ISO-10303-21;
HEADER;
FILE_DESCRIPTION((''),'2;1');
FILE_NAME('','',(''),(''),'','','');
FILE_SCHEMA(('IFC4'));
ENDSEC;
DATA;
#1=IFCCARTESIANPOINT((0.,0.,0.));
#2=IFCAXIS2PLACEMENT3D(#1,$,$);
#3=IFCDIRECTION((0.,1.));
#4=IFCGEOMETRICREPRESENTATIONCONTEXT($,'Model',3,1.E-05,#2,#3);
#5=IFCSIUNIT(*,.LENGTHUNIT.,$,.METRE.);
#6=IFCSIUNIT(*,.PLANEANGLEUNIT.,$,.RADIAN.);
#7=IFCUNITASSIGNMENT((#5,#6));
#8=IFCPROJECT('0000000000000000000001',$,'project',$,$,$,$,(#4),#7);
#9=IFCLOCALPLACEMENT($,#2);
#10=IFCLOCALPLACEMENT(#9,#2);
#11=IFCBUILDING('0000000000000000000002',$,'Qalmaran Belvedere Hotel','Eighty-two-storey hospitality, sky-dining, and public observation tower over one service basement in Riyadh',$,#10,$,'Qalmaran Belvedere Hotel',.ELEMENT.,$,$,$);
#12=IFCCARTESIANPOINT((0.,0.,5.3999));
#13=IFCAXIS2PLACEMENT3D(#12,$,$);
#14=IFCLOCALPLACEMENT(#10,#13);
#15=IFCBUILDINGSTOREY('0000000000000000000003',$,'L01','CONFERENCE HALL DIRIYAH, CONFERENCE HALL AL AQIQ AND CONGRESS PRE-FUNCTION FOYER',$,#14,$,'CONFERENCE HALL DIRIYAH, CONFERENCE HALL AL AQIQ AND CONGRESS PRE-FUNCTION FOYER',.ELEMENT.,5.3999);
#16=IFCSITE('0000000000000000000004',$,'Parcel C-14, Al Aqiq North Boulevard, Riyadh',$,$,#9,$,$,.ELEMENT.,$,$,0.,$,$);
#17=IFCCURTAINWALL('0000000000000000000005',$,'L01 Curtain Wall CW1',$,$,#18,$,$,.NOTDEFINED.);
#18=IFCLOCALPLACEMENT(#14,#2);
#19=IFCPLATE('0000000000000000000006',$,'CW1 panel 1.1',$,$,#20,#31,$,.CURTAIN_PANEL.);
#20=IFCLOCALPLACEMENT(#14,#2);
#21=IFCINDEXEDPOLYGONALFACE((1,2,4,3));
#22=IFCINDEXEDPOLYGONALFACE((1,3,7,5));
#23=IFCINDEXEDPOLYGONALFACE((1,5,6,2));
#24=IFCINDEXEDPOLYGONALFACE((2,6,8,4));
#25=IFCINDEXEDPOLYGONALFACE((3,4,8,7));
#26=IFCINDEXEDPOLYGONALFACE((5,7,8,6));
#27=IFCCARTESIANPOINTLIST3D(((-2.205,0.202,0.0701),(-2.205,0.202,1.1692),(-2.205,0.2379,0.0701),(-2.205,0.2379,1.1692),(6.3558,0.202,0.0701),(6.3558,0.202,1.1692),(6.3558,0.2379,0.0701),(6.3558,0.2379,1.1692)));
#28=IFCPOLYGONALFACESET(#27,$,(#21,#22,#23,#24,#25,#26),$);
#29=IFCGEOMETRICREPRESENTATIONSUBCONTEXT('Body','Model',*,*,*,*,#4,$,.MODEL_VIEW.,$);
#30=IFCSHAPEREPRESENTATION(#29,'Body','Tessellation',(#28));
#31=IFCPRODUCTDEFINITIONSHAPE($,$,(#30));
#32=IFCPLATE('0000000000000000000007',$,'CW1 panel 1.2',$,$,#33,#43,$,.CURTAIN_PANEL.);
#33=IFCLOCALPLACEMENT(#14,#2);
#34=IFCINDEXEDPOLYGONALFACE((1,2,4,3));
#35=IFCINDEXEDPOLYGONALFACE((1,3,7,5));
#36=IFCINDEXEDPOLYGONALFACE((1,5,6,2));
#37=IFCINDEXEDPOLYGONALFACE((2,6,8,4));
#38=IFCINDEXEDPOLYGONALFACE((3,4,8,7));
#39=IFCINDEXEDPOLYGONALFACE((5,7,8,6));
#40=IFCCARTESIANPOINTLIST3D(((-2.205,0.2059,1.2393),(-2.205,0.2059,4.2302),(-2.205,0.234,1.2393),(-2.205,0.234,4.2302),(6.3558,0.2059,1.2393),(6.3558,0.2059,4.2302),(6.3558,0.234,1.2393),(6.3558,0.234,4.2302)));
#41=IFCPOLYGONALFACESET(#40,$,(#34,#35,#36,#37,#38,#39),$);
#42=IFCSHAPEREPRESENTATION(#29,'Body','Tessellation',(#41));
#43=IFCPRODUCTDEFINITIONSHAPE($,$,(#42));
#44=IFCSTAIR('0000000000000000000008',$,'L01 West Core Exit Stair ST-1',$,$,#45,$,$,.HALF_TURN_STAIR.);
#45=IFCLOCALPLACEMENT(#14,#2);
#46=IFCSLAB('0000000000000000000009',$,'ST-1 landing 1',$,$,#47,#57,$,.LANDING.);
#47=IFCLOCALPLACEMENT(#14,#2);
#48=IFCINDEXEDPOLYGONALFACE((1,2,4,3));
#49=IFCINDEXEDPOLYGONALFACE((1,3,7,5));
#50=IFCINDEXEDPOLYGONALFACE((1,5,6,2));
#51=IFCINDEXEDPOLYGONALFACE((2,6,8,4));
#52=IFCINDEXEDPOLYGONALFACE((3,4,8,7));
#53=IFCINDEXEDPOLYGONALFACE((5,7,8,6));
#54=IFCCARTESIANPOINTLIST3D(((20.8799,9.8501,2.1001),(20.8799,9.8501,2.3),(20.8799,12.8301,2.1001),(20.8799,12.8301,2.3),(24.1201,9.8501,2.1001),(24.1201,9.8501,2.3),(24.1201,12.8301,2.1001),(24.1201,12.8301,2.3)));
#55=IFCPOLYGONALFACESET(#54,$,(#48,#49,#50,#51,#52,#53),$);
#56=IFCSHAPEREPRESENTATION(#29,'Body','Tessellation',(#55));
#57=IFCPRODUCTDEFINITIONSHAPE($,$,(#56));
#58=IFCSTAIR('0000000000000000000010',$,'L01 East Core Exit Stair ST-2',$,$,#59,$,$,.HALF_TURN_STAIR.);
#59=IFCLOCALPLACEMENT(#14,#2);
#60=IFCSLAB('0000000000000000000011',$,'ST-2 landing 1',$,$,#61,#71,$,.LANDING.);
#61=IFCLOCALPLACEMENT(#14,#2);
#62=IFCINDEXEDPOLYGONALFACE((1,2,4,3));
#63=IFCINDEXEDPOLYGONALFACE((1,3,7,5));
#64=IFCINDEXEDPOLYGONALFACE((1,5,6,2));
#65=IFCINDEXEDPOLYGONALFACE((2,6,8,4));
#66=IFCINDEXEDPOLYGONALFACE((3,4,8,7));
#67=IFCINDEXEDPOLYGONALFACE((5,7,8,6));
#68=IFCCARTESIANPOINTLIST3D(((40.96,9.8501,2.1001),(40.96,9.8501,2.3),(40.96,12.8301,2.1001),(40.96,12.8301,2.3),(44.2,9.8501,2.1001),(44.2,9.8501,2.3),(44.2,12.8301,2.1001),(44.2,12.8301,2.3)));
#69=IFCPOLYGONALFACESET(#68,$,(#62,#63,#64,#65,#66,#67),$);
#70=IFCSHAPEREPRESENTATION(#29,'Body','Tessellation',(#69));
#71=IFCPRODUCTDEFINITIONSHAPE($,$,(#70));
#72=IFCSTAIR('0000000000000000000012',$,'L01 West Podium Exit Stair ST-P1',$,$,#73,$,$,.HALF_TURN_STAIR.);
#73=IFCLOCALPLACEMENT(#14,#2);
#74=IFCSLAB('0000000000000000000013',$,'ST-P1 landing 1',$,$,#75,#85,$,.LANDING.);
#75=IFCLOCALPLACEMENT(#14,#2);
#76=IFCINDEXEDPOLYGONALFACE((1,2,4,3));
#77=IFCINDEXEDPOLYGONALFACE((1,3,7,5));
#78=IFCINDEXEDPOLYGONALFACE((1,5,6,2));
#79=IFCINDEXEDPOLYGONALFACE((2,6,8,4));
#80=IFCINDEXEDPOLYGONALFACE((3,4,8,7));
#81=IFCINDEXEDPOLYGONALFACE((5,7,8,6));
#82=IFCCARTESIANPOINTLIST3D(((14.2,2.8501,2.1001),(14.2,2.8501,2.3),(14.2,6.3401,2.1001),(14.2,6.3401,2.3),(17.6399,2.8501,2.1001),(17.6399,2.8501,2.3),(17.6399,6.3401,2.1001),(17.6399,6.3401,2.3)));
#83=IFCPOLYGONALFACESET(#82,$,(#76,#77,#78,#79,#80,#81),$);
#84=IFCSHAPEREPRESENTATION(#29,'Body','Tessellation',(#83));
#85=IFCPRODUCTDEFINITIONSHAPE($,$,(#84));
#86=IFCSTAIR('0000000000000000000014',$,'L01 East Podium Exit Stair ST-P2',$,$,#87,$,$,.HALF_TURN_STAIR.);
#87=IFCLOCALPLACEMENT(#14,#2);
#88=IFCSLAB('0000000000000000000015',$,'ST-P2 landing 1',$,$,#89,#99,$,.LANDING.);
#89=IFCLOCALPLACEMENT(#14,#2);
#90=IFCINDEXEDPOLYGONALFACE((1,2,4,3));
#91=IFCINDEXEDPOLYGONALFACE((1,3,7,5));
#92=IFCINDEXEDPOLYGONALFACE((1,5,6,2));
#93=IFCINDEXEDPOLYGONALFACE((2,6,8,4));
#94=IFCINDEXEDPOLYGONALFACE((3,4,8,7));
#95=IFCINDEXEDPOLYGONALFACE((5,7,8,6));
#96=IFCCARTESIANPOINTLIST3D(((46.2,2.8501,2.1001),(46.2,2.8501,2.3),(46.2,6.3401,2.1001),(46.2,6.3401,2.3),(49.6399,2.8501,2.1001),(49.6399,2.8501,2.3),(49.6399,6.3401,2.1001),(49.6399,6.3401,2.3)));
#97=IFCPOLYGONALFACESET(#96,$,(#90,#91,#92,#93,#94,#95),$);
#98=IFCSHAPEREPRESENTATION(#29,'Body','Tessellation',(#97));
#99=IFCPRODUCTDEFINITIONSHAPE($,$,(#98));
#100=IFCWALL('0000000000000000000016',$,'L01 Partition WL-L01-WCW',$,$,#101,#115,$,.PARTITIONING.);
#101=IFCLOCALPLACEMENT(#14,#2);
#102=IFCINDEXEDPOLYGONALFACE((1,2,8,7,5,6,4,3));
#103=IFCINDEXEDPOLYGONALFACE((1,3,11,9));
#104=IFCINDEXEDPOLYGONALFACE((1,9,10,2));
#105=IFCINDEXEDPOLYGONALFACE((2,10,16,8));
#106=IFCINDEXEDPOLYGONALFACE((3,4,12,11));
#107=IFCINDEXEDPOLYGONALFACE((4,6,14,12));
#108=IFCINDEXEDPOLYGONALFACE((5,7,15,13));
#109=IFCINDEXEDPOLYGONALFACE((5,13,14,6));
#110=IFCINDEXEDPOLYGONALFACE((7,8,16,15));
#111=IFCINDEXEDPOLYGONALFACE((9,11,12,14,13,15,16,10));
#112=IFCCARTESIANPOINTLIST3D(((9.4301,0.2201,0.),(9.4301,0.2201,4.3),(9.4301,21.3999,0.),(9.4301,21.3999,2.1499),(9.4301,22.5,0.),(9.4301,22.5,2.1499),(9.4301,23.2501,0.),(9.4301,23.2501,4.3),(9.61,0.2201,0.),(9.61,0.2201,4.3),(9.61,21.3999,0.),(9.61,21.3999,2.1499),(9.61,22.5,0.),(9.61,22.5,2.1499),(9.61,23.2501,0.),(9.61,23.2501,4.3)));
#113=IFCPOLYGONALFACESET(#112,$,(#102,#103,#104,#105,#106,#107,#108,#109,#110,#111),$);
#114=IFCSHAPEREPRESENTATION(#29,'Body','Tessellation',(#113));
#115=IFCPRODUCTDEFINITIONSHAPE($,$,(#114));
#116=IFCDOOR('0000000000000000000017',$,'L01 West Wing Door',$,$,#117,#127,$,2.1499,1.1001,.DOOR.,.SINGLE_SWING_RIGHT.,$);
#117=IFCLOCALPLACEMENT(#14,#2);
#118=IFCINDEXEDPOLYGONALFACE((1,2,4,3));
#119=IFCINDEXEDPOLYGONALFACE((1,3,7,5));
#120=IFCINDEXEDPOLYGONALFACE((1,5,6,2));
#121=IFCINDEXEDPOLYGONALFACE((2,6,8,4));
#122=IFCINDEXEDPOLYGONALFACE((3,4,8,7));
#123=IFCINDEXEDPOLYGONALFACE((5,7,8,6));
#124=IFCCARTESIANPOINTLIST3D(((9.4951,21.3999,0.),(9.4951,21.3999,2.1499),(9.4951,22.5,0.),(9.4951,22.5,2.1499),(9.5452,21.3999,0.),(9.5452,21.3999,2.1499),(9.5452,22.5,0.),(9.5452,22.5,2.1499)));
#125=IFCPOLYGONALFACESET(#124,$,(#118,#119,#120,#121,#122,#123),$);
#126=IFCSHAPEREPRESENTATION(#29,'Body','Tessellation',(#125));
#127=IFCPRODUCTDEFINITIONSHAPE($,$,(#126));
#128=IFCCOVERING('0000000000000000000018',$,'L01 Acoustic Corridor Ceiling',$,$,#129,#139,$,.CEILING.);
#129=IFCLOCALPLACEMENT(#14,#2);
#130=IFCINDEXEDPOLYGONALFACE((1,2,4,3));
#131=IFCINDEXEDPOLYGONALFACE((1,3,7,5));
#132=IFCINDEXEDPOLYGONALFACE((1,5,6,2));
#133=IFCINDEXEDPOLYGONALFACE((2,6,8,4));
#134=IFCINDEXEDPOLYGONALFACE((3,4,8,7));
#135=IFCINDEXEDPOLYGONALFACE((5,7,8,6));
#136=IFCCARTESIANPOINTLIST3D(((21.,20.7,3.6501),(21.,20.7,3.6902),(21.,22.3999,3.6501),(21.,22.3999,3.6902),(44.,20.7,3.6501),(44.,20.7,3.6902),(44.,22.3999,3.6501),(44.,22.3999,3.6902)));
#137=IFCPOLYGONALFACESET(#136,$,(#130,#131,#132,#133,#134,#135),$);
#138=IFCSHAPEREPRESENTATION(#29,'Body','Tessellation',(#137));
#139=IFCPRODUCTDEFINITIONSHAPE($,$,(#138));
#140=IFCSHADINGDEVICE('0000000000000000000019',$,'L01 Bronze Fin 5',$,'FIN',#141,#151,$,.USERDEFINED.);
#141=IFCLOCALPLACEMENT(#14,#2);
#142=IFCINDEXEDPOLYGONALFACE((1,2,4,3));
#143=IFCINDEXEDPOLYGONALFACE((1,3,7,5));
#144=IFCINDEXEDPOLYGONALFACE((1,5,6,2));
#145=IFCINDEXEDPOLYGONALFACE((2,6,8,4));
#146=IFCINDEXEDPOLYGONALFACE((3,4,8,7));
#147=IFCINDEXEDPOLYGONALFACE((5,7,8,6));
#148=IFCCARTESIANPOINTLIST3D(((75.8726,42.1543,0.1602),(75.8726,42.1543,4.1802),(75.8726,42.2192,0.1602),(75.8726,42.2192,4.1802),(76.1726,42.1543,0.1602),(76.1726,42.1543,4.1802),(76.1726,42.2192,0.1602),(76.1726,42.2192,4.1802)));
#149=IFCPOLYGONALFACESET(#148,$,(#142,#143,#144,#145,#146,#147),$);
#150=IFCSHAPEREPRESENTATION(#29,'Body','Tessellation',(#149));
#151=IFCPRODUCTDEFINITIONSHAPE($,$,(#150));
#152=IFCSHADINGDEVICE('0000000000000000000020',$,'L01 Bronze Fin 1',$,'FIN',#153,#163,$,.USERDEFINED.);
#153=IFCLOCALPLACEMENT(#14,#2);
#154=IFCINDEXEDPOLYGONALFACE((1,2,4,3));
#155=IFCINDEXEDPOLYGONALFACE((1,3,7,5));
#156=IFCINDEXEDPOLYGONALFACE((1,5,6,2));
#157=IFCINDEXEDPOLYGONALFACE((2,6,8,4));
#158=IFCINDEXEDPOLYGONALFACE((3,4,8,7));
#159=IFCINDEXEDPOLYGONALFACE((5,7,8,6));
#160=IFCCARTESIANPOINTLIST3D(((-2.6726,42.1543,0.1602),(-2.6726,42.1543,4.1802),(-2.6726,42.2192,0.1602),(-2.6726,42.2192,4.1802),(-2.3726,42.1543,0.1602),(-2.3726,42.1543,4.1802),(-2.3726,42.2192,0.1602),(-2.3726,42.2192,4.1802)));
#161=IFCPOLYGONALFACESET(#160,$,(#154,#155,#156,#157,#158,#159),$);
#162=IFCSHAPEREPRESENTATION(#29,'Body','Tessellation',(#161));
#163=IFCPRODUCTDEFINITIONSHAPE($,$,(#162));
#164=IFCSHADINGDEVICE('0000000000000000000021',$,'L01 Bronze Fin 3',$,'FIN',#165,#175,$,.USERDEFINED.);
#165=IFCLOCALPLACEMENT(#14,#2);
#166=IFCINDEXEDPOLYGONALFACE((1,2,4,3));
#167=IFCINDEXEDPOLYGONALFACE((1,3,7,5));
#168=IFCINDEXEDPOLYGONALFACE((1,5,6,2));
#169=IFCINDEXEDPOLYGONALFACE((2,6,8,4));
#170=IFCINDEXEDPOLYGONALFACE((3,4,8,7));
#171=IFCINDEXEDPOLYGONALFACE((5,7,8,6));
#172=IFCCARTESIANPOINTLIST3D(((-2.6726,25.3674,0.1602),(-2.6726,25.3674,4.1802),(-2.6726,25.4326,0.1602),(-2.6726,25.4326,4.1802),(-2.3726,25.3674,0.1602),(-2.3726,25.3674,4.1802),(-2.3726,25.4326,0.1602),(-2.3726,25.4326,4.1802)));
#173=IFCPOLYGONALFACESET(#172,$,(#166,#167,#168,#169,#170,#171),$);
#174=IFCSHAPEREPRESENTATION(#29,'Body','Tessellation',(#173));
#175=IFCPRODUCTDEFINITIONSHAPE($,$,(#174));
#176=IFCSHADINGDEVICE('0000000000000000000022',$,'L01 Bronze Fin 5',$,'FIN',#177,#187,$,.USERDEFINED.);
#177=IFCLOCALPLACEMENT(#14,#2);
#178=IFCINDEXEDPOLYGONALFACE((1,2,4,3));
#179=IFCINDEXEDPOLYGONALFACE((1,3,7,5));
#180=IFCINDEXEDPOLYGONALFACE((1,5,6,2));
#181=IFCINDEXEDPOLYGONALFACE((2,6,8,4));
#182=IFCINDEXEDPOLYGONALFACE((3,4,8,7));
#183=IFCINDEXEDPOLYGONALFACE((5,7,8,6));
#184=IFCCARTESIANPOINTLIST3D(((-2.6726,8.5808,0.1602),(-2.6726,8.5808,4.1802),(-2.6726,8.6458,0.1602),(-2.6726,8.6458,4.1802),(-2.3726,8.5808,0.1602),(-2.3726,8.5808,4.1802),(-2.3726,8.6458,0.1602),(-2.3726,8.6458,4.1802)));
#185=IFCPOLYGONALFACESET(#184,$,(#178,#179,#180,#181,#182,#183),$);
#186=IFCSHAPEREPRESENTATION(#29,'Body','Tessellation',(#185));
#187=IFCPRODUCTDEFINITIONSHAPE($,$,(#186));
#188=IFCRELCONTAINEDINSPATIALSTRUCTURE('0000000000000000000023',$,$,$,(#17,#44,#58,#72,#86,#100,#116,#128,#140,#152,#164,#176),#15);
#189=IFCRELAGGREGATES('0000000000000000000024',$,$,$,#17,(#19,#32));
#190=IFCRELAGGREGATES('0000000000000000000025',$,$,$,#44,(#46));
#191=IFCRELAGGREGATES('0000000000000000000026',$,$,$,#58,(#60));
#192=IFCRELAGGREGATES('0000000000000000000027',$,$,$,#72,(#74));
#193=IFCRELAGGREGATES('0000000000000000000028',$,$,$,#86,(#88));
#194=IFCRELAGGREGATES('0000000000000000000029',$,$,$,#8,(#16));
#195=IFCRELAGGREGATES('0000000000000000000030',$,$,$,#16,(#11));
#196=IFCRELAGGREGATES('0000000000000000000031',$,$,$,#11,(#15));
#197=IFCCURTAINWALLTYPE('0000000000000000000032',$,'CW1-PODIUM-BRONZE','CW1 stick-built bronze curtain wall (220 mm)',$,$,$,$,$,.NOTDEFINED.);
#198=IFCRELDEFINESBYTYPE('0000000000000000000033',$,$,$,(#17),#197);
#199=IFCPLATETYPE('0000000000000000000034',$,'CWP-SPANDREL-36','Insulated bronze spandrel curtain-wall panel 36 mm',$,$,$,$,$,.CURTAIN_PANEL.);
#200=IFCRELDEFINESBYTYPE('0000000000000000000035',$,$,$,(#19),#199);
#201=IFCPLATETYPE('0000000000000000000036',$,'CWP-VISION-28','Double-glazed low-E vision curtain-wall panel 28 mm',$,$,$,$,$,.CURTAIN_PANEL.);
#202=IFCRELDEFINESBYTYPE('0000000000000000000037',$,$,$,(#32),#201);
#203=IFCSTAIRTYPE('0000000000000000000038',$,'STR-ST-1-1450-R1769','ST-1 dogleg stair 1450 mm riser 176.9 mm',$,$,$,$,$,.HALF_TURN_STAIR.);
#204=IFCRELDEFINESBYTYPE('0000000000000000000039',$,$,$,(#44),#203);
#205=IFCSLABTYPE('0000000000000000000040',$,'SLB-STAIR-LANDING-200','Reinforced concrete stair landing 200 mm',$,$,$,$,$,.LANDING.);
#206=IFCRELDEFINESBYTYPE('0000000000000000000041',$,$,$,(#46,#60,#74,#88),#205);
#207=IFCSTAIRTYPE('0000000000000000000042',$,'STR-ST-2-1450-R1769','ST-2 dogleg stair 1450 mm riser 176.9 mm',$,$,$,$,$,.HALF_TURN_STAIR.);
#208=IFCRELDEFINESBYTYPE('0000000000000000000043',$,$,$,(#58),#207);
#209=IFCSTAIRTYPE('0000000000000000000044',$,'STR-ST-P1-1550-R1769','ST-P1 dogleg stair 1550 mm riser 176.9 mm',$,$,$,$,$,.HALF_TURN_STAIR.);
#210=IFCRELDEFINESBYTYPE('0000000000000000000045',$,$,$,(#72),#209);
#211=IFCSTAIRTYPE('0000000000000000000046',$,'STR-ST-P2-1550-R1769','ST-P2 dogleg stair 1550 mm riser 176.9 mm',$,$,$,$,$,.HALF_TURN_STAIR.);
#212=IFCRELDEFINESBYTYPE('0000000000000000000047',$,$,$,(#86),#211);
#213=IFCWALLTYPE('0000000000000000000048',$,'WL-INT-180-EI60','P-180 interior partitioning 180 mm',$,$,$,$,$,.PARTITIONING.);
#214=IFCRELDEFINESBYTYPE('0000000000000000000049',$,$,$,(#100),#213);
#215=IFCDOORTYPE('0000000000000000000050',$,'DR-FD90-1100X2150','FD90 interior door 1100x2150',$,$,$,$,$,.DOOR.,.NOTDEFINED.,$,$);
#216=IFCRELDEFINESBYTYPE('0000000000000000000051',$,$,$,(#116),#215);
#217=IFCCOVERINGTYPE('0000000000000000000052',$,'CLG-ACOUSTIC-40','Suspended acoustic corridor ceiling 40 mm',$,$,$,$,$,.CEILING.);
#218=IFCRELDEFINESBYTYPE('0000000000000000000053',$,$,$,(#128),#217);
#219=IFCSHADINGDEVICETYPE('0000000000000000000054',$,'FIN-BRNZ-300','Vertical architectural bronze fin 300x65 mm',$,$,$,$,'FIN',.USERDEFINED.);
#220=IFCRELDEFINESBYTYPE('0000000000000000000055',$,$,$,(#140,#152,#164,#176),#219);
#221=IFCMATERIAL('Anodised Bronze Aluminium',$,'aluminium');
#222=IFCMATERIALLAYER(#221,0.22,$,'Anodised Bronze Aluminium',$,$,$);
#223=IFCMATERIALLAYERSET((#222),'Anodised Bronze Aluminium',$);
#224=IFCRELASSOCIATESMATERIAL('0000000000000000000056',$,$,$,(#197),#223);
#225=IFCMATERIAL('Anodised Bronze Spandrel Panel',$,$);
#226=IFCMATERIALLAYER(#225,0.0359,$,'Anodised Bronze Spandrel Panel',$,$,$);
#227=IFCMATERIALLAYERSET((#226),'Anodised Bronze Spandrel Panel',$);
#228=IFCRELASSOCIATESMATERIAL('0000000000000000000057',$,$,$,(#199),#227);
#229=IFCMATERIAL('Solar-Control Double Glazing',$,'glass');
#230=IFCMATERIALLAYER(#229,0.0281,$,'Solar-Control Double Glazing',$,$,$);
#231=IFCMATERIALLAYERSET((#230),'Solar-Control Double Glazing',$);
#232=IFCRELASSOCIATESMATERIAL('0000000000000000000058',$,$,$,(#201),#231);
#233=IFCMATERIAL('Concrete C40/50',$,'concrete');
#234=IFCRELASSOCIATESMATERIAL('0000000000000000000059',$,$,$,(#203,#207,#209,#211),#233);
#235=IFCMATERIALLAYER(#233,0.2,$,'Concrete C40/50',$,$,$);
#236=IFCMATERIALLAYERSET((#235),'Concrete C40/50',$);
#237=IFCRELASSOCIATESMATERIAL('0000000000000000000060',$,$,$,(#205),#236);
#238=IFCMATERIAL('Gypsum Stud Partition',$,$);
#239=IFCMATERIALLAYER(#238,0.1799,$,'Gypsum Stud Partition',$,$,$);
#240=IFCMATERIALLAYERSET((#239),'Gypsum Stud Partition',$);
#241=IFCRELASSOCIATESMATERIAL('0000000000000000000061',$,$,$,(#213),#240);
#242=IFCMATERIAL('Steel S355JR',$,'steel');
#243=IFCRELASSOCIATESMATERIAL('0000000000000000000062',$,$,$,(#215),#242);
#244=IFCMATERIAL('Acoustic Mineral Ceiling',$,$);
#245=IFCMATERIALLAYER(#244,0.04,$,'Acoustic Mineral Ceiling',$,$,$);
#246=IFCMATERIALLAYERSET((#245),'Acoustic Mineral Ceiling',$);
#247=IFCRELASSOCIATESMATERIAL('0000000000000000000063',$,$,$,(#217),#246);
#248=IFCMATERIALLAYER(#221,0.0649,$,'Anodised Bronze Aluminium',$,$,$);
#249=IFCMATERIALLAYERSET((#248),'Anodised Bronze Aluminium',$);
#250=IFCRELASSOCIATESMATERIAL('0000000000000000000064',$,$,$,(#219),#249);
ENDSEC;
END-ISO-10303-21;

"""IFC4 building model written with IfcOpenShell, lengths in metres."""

from ifc_helpers import new_model, si_unit, direction, frame, frame_2d, origin, origin_2d, place, context, subcontext, project, spatial, polyline, rectangle, outline, extrude, material, layer, layer_set, type_object, element, fill, aggregate, save


model = new_model("IFC4")

# Units and contexts
model_context = context("Model", 3, precision=1e-05, world=origin(), true_north=direction((0.0, 1.0)))
body_context = subcontext(model_context, "Body", "Model", "MODEL_VIEW")
ifc_project = project(units=[si_unit("LENGTHUNIT", "METRE"), si_unit("PLANEANGLEUNIT", "RADIAN")], contexts=[model_context])

# Site, building, storey
site_placement = place(None, origin())
site = spatial("IfcSite", under=ifc_project, at=site_placement, Name="Parcel C-14, Al Aqiq North Boulevard, Riyadh", CompositionType="ELEMENT", RefElevation=0.0)
building_placement = place(site_placement, origin())
building = spatial("IfcBuilding", under=site, at=building_placement, Name="Qalmaran Belvedere Hotel", Description="Eighty-two-storey hospitality, sky-dining, and public observation tower over one service basement in Riyadh", LongName="Qalmaran Belvedere Hotel", CompositionType="ELEMENT")
storey_placement = place(building_placement, frame((0.0, 0.0, 5.3999)))
storey = spatial("IfcBuildingStorey", under=building, at=storey_placement, Name="L01", Description="CONFERENCE HALL DIRIYAH, CONFERENCE HALL AL AQIQ AND CONGRESS PRE-FUNCTION FOYER", LongName="CONFERENCE HALL DIRIYAH, CONFERENCE HALL AL AQIQ AND CONGRESS PRE-FUNCTION FOYER", CompositionType="ELEMENT", Elevation=5.3999)

# Shared definitions
ifc_material_1 = material(Name="Concrete C40/50", Category="concrete")

# Shared definitions
ifc_material_2 = material(Name="Steel S355JR", Category="steel")

# Curtain wall, plates
ifc_material_3 = material(Name="Anodised Bronze Aluminium", Category="aluminium")
ifc_layer_1 = layer(ifc_material_3, 0.22, Name="Anodised Bronze Aluminium")
ifc_layer_set_1 = layer_set([ifc_layer_1], Name="Anodised Bronze Aluminium")
curtain_wall_type = type_object("IfcCurtainWallType", Name="CW1-PODIUM-BRONZE", Description="CW1 stick-built bronze curtain wall (220 mm)", PredefinedType="NOTDEFINED", material=ifc_layer_set_1)
curtain_wall_placement = place(storey_placement, origin())
curtain_wall = element("IfcCurtainWall", 1, at=curtain_wall_placement, inside=storey, type_object=curtain_wall_type, Name="L01 Curtain Wall CW1", PredefinedType="NOTDEFINED")
ifc_material_4 = material(Name="Anodised Bronze Spandrel Panel")
ifc_layer_2 = layer(ifc_material_4, 0.0359, Name="Anodised Bronze Spandrel Panel")
ifc_layer_set_2 = layer_set([ifc_layer_2], Name="Anodised Bronze Spandrel Panel")
plate_type_1 = type_object("IfcPlateType", Name="CWP-SPANDREL-36", Description="Insulated bronze spandrel curtain-wall panel 36 mm", PredefinedType="CURTAIN_PANEL", material=ifc_layer_set_2)
plate_1_placement = place(storey_placement, frame((2.0754, 0.22, 0.0701), z_axis=(0.0, 0.0, 1.0), x_axis=(1.0, 0.0, 0.0)))
plate_1 = element("IfcPlate", 2, at=plate_1_placement, type_object=plate_type_1, Name="CW1 panel 1.1", PredefinedType="CURTAIN_PANEL", context=body_context, shape_type="SweptSolid", body=[
    extrude(rectangle(XDim=8.5608, YDim=0.0359, at=origin_2d()), origin(), (0.0, 0.0, 1.0), 1.0991),
])
ifc_material_5 = material(Name="Solar-Control Double Glazing", Category="glass")
ifc_layer_3 = layer(ifc_material_5, 0.0281, Name="Solar-Control Double Glazing")
ifc_layer_set_3 = layer_set([ifc_layer_3], Name="Solar-Control Double Glazing")
plate_type_2 = type_object("IfcPlateType", Name="CWP-VISION-28", Description="Double-glazed low-E vision curtain-wall panel 28 mm", PredefinedType="CURTAIN_PANEL", material=ifc_layer_set_3)
plate_2_placement = place(storey_placement, frame((2.0754, 0.22, 1.2393), z_axis=(0.0, 0.0, 1.0), x_axis=(1.0, 0.0, 0.0)))
plate_2 = element("IfcPlate", 3, at=plate_2_placement, type_object=plate_type_2, Name="CW1 panel 1.2", PredefinedType="CURTAIN_PANEL", context=body_context, shape_type="SweptSolid", body=[
    extrude(rectangle(XDim=8.5608, YDim=0.0281, at=origin_2d()), origin(), (0.0, 0.0, 1.0), 2.991),
])
aggregate(curtain_wall, [plate_1, plate_2])

# Stairs, slabs
stair_type_1 = type_object("IfcStairType", Name="STR-ST-1-1450-R1769", Description="ST-1 dogleg stair 1450 mm riser 176.9 mm", PredefinedType="HALF_TURN_STAIR", material=ifc_material_1)
stair_1_placement = place(storey_placement, origin())
stair_1 = element("IfcStair", 4, at=stair_1_placement, inside=storey, type_object=stair_type_1, Name="L01 West Core Exit Stair ST-1", PredefinedType="HALF_TURN_STAIR")
ifc_layer_4 = layer(ifc_material_1, 0.2, Name="Concrete C40/50")
ifc_layer_set_4 = layer_set([ifc_layer_4], Name="Concrete C40/50")
slab_type = type_object("IfcSlabType", Name="SLB-STAIR-LANDING-200", Description="Reinforced concrete stair landing 200 mm", PredefinedType="LANDING", material=ifc_layer_set_4)
slab_1_placement = place(storey_placement, frame((0.0, 0.0, 2.1001)))
slab_1 = element("IfcSlab", 5, at=slab_1_placement, type_object=slab_type, Name="ST-1 landing 1", PredefinedType="LANDING", context=body_context, shape_type="SweptSolid", body=[
    extrude(outline(polyline([(20.8799, 12.8301), (20.8799, 9.8501), (24.1201, 9.8501), (24.1201, 12.8301), (20.8799, 12.8301)])), origin(), (0.0, 0.0, 1.0), 0.2),
])
aggregate(stair_1, [slab_1])
stair_type_2 = type_object("IfcStairType", Name="STR-ST-2-1450-R1769", Description="ST-2 dogleg stair 1450 mm riser 176.9 mm", PredefinedType="HALF_TURN_STAIR", material=ifc_material_1)
stair_2_placement = place(storey_placement, origin())
stair_2 = element("IfcStair", 6, at=stair_2_placement, inside=storey, type_object=stair_type_2, Name="L01 East Core Exit Stair ST-2", PredefinedType="HALF_TURN_STAIR")
slab_2_placement = place(storey_placement, frame((0.0, 0.0, 2.1001)))
slab_2 = element("IfcSlab", 7, at=slab_2_placement, type_object=slab_type, Name="ST-2 landing 1", PredefinedType="LANDING", context=body_context, shape_type="SweptSolid", body=[
    extrude(outline(polyline([(40.96, 12.8301), (40.96, 9.8501), (44.2, 9.8501), (44.2, 12.8301), (40.96, 12.8301)])), origin(), (0.0, 0.0, 1.0), 0.2),
])
aggregate(stair_2, [slab_2])
stair_type_3 = type_object("IfcStairType", Name="STR-ST-P1-1550-R1769", Description="ST-P1 dogleg stair 1550 mm riser 176.9 mm", PredefinedType="HALF_TURN_STAIR", material=ifc_material_1)
stair_3_placement = place(storey_placement, origin())
stair_3 = element("IfcStair", 8, at=stair_3_placement, inside=storey, type_object=stair_type_3, Name="L01 West Podium Exit Stair ST-P1", PredefinedType="HALF_TURN_STAIR")
slab_3_placement = place(storey_placement, frame((0.0, 0.0, 2.1001)))
slab_3 = element("IfcSlab", 9, at=slab_3_placement, type_object=slab_type, Name="ST-P1 landing 1", PredefinedType="LANDING", context=body_context, shape_type="SweptSolid", body=[
    extrude(outline(polyline([(14.2, 6.3401), (14.2, 2.8501), (17.6399, 2.8501), (17.6399, 6.3401), (14.2, 6.3401)])), origin(), (0.0, 0.0, 1.0), 0.2),
])
aggregate(stair_3, [slab_3])
stair_type_4 = type_object("IfcStairType", Name="STR-ST-P2-1550-R1769", Description="ST-P2 dogleg stair 1550 mm riser 176.9 mm", PredefinedType="HALF_TURN_STAIR", material=ifc_material_1)
stair_4_placement = place(storey_placement, origin())
stair_4 = element("IfcStair", 10, at=stair_4_placement, inside=storey, type_object=stair_type_4, Name="L01 East Podium Exit Stair ST-P2", PredefinedType="HALF_TURN_STAIR")
slab_4_placement = place(storey_placement, frame((0.0, 0.0, 2.1001)))
slab_4 = element("IfcSlab", 11, at=slab_4_placement, type_object=slab_type, Name="ST-P2 landing 1", PredefinedType="LANDING", context=body_context, shape_type="SweptSolid", body=[
    extrude(outline(polyline([(46.2, 6.3401), (46.2, 2.8501), (49.6399, 2.8501), (49.6399, 6.3401), (46.2, 6.3401)])), origin(), (0.0, 0.0, 1.0), 0.2),
])
aggregate(stair_4, [slab_4])

# Wall, opening, door
ifc_material_6 = material(Name="Gypsum Stud Partition")
ifc_layer_5 = layer(ifc_material_6, 0.1799, Name="Gypsum Stud Partition")
ifc_layer_set_5 = layer_set([ifc_layer_5], Name="Gypsum Stud Partition")
wall_type = type_object("IfcWallType", Name="WL-INT-180-EI60", Description="P-180 interior partitioning 180 mm", PredefinedType="PARTITIONING", material=ifc_layer_set_5)
wall_placement = place(storey_placement, frame((9.52, 0.22, 0.0), z_axis=(0.0, 0.0, 1.0), x_axis=(0.0, 1.0, 0.0)))
wall = element("IfcWall", 12, at=wall_placement, inside=storey, type_object=wall_type, Name="L01 Partition WL-L01-WCW", PredefinedType="PARTITIONING", context=body_context, shape_type="SweptSolid", body=[
    extrude(rectangle(XDim=23.03, YDim=0.1799, at=frame_2d((11.5151, 0.0))), origin(), (0.0, 0.0, 1.0), 4.3),
])
opening_placement = place(wall_placement, frame((21.1799, 0.0, 0.0)))
opening = element("IfcOpeningElement", 13, at=opening_placement, cuts=wall, PredefinedType="OPENING", context=body_context, shape_type="SweptSolid", body=[
    extrude(rectangle(XDim=1.1001, YDim=2.1499, at=frame_2d((0.55, 1.075))), frame((0.0, 0.1001, 0.0), z_axis=(0.0, -1.0, 0.0), x_axis=(1.0, 0.0, 0.0)), (0.0, 0.0, 1.0), 0.2),
])
door_type = type_object("IfcDoorType", Name="DR-FD90-1100X2150", Description="FD90 interior door 1100x2150", OperationType="NOTDEFINED", PredefinedType="DOOR", material=ifc_material_2)
door_placement = place(opening_placement, origin())
door = element("IfcDoor", 14, at=door_placement, inside=storey, type_object=door_type, Name="L01 West Wing Door", OperationType="SINGLE_SWING_RIGHT", OverallHeight=2.1499, OverallWidth=1.1001, PredefinedType="DOOR", context=body_context, shape_type="SweptSolid", body=[
    extrude(rectangle(XDim=1.1001, YDim=2.1499, at=frame_2d((0.55, 1.075))), frame((0.0, 0.0249, 0.0), z_axis=(0.0, -1.0, 0.0), x_axis=(1.0, 0.0, 0.0)), (0.0, 0.0, 1.0), 0.05),
])
fill(opening, door)

# Covering
ifc_material_7 = material(Name="Acoustic Mineral Ceiling")
ifc_layer_6 = layer(ifc_material_7, 0.04, Name="Acoustic Mineral Ceiling")
ifc_layer_set_6 = layer_set([ifc_layer_6], Name="Acoustic Mineral Ceiling")
covering_type_1 = type_object("IfcCoveringType", Name="CLG-ACOUSTIC-40", Description="Suspended acoustic corridor ceiling 40 mm", PredefinedType="CEILING", material=ifc_layer_set_6)
covering_1_placement = place(storey_placement, frame((0.0, 0.0, 3.6501)))
element("IfcCovering", 15, at=covering_1_placement, inside=storey, type_object=covering_type_1, Name="L01 Acoustic Corridor Ceiling", PredefinedType="CEILING", context=body_context, shape_type="SweptSolid", body=[
    extrude(outline(polyline([(21.0, 20.7), (44.0, 20.7), (44.0, 22.3999), (21.0, 22.3999), (21.0, 20.7)])), origin(), (0.0, 0.0, 1.0), 0.04),
])

# Shading devices
ifc_layer_7 = layer(ifc_material_3, 0.0649, Name="Anodised Bronze Aluminium")
ifc_layer_set_7 = layer_set([ifc_layer_7], Name="Anodised Bronze Aluminium")
shading_device_type = type_object("IfcShadingDeviceType", Name="FIN-BRNZ-300", Description="Vertical architectural bronze fin 300x65 mm", ElementType="FIN", PredefinedType="USERDEFINED", material=ifc_layer_set_7)
shading_device_1_placement = place(storey_placement, frame((0.0, 0.0, 0.1602)))
element("IfcShadingDevice", 16, at=shading_device_1_placement, inside=storey, type_object=shading_device_type, Name="L01 Bronze Fin 5", ObjectType="FIN", PredefinedType="USERDEFINED", context=body_context, shape_type="SweptSolid", body=[
    extrude(outline(polyline([(75.8726, 42.1543), (76.1726, 42.1543), (76.1726, 42.2192), (75.8726, 42.2192), (75.8726, 42.1543)])), origin(), (0.0, 0.0, 1.0), 4.02),
])
shading_device_2_placement = place(storey_placement, frame((0.0, 0.0, 0.1602)))
element("IfcShadingDevice", 17, at=shading_device_2_placement, inside=storey, type_object=shading_device_type, Name="L01 Bronze Fin 1", ObjectType="FIN", PredefinedType="USERDEFINED", context=body_context, shape_type="SweptSolid", body=[
    extrude(outline(polyline([(-2.3726, 42.2192), (-2.6726, 42.2192), (-2.6726, 42.1543), (-2.3726, 42.1543), (-2.3726, 42.2192)])), origin(), (0.0, 0.0, 1.0), 4.02),
])
shading_device_3_placement = place(storey_placement, frame((0.0, 0.0, 0.1602)))
element("IfcShadingDevice", 18, at=shading_device_3_placement, inside=storey, type_object=shading_device_type, Name="L01 Bronze Fin 3", ObjectType="FIN", PredefinedType="USERDEFINED", context=body_context, shape_type="SweptSolid", body=[
    extrude(outline(polyline([(-2.3726, 25.4326), (-2.6726, 25.4326), (-2.6726, 25.3674), (-2.3726, 25.3674), (-2.3726, 25.4326)])), origin(), (0.0, 0.0, 1.0), 4.02),
])
shading_device_4_placement = place(storey_placement, frame((0.0, 0.0, 0.1602)))
element("IfcShadingDevice", 19, at=shading_device_4_placement, inside=storey, type_object=shading_device_type, Name="L01 Bronze Fin 5", ObjectType="FIN", PredefinedType="USERDEFINED", context=body_context, shape_type="SweptSolid", body=[
    extrude(outline(polyline([(-2.3726, 8.6458), (-2.6726, 8.6458), (-2.6726, 8.5808), (-2.3726, 8.5808), (-2.3726, 8.6458)])), origin(), (0.0, 0.0, 1.0), 4.02),
])

save(model, "model.ifc")
